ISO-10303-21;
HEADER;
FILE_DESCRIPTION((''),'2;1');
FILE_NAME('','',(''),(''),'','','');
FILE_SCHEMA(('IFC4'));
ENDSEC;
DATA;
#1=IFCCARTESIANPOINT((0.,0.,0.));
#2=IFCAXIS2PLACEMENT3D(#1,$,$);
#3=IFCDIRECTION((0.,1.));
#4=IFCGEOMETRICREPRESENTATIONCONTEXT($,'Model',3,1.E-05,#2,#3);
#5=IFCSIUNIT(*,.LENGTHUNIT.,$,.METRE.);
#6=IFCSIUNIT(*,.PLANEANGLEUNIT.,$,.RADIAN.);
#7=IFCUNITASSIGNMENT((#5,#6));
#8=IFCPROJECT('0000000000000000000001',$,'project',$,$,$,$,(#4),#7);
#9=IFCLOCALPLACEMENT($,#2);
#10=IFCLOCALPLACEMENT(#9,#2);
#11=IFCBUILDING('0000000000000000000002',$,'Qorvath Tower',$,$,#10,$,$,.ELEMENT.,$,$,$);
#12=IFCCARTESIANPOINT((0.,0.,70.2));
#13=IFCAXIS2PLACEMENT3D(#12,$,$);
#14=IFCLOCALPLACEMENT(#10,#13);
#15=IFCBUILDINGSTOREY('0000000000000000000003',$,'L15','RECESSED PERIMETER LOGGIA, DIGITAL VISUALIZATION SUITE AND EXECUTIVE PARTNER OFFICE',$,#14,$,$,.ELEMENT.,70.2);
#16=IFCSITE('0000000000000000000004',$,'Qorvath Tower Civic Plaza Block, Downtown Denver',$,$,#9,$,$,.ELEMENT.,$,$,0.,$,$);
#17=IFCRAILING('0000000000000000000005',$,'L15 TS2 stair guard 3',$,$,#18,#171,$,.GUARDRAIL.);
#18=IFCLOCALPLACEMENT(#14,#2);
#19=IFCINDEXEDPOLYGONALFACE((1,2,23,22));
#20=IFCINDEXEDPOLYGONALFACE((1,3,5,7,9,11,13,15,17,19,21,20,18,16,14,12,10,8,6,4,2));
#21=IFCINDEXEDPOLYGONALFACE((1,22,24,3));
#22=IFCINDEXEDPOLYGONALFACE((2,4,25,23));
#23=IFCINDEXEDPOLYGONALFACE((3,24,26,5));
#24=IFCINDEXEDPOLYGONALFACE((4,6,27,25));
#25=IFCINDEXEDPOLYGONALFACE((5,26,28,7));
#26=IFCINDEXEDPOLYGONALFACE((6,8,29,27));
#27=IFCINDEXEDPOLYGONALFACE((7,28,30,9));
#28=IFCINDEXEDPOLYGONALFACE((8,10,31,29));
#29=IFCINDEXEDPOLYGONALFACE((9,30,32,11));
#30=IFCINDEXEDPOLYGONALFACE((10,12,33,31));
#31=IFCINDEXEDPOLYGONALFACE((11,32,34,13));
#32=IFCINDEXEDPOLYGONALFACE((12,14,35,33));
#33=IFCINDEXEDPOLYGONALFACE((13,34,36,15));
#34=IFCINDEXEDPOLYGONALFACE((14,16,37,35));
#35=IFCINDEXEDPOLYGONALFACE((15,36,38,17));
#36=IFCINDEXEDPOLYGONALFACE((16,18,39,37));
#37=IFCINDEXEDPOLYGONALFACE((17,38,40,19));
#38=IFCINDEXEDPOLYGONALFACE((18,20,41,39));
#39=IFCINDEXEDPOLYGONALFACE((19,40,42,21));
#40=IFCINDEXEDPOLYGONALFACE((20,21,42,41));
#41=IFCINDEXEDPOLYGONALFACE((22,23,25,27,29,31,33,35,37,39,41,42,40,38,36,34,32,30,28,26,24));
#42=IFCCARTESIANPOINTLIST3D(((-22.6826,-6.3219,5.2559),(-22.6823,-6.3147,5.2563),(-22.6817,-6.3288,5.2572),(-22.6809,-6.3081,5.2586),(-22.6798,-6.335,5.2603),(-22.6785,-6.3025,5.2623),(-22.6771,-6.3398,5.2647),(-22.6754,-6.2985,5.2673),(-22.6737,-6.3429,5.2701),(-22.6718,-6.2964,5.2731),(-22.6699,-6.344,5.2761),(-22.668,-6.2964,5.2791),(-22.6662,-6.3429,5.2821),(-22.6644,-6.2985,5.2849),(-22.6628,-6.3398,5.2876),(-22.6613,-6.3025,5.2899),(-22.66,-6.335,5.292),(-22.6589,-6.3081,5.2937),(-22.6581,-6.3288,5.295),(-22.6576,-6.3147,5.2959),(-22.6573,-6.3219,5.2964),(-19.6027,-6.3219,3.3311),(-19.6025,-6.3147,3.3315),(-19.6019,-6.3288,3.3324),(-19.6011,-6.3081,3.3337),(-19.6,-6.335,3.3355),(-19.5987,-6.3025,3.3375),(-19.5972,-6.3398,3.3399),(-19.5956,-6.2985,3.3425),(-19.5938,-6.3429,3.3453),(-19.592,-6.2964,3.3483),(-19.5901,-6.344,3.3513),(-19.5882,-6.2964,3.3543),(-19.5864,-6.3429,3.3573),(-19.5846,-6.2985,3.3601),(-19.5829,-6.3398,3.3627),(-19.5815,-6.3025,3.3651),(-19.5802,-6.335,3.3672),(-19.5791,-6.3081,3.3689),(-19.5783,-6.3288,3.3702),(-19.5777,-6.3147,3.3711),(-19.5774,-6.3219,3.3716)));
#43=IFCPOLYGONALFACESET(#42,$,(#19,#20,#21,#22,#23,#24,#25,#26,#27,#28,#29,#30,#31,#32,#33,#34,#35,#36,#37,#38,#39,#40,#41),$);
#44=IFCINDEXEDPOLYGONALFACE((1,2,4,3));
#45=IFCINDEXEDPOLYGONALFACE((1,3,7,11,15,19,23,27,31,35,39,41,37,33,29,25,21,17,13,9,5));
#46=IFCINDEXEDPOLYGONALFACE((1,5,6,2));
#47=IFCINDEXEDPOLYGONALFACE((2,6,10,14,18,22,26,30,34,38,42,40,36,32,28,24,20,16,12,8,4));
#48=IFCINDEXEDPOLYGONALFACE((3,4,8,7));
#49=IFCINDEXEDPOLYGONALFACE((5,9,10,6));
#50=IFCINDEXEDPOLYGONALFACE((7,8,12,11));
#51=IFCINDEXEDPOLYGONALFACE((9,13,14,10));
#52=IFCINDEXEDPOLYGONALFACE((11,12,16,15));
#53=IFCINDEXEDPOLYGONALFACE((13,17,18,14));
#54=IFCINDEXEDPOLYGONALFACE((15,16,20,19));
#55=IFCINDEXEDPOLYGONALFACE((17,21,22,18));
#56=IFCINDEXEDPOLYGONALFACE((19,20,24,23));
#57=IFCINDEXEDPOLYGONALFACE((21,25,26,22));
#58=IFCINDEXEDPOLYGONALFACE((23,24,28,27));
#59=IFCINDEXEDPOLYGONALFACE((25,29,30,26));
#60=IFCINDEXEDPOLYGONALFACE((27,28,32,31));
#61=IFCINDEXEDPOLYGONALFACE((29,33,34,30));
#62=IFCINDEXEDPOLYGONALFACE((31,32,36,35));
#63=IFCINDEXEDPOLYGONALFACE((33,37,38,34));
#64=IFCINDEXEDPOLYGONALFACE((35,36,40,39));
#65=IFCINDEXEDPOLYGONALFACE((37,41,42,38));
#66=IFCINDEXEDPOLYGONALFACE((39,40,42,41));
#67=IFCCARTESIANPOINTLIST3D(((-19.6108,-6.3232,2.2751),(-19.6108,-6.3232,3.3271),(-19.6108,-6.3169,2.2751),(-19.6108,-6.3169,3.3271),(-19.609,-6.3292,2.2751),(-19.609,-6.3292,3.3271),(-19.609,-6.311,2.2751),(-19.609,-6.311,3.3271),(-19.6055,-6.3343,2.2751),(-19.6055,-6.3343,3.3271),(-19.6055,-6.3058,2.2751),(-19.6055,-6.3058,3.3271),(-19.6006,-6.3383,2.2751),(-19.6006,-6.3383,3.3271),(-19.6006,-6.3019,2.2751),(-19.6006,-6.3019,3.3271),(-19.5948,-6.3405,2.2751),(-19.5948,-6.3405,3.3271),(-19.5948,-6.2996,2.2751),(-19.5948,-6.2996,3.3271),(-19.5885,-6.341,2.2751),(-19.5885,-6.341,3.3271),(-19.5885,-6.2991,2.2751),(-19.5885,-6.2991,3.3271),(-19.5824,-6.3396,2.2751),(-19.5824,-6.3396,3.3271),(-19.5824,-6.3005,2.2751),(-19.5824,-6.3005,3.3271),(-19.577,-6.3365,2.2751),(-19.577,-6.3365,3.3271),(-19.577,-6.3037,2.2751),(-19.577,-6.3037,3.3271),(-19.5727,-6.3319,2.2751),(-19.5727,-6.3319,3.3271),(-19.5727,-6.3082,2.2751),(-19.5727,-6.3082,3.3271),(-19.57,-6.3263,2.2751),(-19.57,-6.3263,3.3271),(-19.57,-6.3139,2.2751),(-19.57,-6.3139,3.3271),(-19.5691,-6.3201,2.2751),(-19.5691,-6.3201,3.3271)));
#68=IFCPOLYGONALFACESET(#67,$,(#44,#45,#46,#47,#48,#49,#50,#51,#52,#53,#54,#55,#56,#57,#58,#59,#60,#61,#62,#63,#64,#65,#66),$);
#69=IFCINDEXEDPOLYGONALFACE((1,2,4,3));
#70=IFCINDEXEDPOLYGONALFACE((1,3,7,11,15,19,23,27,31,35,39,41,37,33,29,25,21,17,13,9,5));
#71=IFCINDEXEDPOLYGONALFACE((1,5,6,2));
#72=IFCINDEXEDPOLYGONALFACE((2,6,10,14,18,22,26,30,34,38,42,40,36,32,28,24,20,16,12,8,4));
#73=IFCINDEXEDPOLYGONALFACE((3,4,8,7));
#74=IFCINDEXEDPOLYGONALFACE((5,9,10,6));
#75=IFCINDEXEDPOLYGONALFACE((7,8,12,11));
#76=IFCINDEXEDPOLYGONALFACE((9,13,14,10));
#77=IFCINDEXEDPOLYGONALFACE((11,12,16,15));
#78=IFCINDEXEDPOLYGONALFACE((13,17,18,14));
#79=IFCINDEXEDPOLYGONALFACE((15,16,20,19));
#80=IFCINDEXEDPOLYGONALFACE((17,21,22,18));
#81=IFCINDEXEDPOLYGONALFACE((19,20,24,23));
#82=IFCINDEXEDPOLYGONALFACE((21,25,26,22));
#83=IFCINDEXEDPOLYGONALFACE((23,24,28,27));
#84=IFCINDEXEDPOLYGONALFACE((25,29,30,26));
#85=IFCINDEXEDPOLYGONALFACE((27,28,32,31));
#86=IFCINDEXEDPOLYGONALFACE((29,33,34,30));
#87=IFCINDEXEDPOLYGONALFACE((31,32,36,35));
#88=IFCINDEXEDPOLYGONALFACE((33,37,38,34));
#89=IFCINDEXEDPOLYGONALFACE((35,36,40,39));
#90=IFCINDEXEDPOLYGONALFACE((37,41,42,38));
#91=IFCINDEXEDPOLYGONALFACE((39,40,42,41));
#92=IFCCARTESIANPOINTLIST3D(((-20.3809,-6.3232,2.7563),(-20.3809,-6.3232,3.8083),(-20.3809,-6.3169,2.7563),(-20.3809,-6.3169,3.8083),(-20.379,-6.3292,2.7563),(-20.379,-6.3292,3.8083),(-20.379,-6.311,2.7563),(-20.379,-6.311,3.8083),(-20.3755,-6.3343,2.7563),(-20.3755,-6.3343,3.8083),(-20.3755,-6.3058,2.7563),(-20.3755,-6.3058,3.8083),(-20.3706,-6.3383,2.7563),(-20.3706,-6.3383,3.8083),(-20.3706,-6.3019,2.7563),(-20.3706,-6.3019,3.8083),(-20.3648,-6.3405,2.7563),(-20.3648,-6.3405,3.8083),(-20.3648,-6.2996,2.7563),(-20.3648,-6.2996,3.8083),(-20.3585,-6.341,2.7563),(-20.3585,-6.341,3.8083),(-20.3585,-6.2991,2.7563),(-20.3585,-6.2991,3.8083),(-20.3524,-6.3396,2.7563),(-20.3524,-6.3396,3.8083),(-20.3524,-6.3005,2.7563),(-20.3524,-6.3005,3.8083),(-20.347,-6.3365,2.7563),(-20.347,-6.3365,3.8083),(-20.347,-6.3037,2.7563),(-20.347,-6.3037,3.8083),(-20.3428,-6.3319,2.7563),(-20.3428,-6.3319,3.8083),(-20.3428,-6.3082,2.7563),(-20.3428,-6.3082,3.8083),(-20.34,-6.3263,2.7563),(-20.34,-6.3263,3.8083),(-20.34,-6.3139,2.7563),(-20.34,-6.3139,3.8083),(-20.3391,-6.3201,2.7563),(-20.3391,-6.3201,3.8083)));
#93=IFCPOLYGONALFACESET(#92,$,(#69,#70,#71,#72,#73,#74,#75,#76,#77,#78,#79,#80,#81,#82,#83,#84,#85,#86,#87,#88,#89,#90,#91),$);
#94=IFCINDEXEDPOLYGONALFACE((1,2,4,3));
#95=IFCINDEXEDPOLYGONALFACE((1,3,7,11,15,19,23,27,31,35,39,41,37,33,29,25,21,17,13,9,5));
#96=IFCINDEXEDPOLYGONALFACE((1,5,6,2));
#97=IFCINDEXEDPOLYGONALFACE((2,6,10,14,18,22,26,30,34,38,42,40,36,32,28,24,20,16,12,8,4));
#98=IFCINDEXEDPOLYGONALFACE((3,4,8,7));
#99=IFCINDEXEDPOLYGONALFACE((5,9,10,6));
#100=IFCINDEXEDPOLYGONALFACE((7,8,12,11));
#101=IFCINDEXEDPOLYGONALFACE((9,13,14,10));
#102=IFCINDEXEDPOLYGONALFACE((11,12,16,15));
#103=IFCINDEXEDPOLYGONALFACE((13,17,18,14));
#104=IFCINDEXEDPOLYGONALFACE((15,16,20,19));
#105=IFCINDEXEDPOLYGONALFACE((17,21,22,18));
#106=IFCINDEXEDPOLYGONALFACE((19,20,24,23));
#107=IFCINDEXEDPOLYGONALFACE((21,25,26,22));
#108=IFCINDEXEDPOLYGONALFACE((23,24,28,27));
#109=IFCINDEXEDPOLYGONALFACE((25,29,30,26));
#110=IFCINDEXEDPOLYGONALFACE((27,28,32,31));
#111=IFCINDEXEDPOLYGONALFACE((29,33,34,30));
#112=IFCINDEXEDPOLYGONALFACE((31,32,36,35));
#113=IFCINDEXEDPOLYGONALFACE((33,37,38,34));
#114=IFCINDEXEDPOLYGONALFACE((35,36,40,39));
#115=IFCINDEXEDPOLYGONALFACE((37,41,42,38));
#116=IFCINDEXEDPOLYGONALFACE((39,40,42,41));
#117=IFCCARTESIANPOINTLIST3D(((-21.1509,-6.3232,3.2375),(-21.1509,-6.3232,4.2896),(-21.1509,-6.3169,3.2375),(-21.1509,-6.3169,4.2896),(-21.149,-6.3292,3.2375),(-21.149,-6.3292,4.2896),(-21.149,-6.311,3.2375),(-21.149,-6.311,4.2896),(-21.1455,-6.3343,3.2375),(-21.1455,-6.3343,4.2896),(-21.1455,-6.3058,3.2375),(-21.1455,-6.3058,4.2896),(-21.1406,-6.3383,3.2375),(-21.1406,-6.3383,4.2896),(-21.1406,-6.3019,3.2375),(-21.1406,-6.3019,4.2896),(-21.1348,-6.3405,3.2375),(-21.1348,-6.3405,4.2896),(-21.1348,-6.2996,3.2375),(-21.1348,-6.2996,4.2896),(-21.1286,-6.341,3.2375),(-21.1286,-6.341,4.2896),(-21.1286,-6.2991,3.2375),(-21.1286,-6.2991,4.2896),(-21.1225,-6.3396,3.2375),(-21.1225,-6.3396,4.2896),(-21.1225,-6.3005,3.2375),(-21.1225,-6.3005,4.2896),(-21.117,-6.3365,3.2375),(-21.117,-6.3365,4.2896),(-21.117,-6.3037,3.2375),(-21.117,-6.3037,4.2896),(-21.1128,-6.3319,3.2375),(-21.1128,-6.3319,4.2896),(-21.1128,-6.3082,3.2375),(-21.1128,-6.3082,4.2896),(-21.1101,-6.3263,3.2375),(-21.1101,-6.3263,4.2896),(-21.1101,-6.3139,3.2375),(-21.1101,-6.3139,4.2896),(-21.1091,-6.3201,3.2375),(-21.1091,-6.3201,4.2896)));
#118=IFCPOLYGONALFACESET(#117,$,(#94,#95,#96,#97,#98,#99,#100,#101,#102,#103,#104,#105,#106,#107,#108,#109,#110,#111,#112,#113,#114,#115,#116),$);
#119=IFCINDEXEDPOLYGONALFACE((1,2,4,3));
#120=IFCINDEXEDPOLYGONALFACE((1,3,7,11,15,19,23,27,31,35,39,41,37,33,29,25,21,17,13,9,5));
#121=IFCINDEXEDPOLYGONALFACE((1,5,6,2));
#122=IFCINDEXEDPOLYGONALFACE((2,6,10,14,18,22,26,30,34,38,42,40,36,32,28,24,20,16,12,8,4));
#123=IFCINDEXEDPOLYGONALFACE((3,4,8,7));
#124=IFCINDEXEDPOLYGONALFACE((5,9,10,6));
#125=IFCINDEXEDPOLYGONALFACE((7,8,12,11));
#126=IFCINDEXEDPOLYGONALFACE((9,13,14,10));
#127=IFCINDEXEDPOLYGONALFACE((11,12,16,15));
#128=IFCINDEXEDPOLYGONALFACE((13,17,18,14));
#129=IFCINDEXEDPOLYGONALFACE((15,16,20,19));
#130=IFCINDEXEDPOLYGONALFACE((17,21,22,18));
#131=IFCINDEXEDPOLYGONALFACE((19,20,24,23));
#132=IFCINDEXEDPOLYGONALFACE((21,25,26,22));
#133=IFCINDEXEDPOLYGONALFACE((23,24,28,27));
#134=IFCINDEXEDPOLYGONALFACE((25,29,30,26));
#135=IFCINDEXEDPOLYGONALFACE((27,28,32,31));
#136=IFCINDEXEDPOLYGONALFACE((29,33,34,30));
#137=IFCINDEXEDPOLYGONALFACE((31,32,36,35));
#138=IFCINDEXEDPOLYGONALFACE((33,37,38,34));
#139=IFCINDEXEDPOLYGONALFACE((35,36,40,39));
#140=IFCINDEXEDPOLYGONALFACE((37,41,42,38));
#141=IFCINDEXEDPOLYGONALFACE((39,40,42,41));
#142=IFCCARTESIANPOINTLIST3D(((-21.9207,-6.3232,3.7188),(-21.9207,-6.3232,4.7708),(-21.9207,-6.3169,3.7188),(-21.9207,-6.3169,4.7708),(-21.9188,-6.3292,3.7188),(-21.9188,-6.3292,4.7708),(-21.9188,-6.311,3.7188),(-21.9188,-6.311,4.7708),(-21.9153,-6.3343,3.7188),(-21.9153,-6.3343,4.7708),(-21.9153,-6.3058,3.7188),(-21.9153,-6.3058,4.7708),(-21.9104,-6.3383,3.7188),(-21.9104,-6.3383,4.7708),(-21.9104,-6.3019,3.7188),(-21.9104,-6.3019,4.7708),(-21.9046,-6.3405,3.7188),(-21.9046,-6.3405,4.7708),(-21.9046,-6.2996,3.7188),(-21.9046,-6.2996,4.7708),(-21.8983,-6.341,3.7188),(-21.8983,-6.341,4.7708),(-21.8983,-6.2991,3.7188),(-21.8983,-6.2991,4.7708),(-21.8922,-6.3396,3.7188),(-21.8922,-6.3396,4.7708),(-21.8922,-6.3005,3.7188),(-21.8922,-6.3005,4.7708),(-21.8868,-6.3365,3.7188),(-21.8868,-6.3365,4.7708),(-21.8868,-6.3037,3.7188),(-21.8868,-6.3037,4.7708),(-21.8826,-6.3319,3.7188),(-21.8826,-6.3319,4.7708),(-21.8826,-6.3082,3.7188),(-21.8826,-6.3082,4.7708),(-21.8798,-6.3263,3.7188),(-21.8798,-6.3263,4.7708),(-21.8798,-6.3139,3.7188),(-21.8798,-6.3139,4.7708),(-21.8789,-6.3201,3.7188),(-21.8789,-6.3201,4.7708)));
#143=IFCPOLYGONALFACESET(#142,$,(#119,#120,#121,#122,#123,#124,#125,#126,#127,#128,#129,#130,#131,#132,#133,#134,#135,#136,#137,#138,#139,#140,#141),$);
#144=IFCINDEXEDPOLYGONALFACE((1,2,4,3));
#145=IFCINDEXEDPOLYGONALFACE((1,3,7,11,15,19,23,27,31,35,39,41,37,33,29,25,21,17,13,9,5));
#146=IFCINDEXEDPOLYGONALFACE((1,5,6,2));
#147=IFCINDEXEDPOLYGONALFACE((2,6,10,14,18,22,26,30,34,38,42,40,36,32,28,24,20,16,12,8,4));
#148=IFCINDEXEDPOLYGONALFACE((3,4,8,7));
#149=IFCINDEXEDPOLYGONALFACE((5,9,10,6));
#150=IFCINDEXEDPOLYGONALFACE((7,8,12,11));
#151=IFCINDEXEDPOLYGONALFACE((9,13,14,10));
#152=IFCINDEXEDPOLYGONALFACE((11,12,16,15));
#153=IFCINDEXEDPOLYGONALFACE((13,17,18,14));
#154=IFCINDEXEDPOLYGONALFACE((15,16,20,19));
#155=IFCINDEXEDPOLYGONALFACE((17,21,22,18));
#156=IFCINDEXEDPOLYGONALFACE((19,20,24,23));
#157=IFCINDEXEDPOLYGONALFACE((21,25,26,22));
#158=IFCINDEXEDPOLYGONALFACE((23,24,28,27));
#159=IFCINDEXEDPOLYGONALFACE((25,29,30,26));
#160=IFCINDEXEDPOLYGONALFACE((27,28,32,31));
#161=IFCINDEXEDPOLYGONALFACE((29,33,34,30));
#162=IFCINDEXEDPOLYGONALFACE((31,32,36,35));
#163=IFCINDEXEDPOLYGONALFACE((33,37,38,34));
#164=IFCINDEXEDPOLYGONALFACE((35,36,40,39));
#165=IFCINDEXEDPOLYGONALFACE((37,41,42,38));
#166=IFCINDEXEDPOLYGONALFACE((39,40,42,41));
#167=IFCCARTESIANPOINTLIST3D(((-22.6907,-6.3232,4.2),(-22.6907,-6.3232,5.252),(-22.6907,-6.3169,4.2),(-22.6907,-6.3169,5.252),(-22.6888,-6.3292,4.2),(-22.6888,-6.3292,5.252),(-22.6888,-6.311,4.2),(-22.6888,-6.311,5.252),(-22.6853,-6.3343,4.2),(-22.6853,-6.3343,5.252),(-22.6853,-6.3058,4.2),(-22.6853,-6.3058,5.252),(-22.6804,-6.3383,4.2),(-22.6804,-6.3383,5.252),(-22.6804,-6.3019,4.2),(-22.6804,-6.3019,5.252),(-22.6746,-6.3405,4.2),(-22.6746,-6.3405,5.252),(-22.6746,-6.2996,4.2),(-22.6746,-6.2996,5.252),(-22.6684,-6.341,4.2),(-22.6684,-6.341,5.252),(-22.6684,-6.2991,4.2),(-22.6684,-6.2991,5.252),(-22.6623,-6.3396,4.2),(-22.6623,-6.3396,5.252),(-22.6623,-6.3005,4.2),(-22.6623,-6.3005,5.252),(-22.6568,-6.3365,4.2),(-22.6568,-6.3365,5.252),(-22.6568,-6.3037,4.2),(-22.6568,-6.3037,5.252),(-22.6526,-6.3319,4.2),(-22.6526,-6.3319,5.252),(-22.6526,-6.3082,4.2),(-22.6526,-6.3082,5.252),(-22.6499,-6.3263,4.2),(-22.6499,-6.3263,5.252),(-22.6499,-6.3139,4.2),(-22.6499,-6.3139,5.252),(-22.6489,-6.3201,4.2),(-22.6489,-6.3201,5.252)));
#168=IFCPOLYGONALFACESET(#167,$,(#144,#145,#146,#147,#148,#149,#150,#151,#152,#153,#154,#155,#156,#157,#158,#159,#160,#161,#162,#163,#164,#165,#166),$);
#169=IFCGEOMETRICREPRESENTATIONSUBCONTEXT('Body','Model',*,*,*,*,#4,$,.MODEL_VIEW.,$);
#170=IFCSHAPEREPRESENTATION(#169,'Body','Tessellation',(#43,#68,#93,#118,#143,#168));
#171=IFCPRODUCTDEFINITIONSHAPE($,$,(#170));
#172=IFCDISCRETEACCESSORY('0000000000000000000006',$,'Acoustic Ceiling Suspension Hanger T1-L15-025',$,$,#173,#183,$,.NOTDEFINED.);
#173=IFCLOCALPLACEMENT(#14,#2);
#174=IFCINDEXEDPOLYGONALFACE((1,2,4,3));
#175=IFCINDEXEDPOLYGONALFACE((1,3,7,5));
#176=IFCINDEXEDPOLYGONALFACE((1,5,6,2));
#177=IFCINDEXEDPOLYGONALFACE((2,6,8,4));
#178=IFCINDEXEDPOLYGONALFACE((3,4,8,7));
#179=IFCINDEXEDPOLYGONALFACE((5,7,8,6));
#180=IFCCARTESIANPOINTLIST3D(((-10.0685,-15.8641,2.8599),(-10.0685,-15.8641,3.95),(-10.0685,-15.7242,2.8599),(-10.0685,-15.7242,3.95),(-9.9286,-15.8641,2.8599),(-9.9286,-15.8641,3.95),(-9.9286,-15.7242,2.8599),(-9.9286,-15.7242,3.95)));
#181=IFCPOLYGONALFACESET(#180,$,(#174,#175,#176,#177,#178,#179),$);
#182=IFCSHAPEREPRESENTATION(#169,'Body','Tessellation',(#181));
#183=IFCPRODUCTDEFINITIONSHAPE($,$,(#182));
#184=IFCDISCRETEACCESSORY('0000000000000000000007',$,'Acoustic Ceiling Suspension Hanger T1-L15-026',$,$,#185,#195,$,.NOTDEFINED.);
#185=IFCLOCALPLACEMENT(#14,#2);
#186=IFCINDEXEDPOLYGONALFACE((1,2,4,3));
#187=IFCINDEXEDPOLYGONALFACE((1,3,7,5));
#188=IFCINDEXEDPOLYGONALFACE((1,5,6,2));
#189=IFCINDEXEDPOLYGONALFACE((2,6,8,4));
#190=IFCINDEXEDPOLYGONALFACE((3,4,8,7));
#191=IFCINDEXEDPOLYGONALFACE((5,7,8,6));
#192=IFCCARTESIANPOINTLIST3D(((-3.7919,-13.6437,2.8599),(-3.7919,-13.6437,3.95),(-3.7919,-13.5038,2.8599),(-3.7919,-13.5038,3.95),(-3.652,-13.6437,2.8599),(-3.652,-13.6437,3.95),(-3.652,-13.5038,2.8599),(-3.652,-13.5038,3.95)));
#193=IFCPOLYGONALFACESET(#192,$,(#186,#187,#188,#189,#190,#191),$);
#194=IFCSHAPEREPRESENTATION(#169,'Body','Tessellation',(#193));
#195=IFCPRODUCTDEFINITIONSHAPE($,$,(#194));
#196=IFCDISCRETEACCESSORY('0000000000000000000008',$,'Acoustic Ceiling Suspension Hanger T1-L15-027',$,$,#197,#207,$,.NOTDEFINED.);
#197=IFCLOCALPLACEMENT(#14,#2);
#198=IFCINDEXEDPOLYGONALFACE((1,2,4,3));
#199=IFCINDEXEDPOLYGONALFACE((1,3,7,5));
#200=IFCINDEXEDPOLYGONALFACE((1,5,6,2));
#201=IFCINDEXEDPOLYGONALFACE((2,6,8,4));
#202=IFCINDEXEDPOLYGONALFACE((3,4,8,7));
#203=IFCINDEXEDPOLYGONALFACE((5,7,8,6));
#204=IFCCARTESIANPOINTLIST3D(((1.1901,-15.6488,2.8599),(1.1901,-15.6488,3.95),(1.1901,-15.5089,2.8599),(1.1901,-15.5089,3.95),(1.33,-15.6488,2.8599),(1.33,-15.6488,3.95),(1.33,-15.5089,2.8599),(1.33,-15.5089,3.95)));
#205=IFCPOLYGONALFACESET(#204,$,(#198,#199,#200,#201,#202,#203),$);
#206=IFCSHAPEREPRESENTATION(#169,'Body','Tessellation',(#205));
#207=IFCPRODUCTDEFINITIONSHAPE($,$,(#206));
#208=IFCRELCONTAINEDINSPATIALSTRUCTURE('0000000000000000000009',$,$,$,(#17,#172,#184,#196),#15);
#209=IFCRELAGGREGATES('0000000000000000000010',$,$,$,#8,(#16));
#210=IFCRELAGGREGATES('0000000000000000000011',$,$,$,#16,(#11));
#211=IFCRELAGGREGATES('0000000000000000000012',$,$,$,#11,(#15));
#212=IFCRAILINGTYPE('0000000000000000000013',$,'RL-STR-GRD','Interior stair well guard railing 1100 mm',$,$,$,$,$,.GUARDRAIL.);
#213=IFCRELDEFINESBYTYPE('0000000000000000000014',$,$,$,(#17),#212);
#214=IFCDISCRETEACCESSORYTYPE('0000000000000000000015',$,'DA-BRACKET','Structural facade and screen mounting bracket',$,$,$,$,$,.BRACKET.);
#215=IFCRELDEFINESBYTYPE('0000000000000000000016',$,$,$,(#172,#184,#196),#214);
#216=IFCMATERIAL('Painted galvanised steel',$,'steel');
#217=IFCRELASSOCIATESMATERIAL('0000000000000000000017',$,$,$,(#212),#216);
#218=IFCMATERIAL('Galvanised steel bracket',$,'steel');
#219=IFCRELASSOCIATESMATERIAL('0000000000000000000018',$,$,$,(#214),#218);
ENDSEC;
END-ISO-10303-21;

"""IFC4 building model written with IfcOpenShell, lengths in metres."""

from ifc_helpers import new_model, si_unit, direction, frame, origin, origin_2d, place, context, subcontext, project, spatial, rectangle, circle, extrude, material, type_object, element, save


model = new_model("IFC4")

# Units and contexts
model_context = context("Model", 3, precision=1e-05, world=origin(), true_north=direction((0.0, 1.0)))
body_context = subcontext(model_context, "Body", "Model", "MODEL_VIEW")
ifc_project = project(units=[si_unit("LENGTHUNIT", "METRE"), si_unit("PLANEANGLEUNIT", "RADIAN")], contexts=[model_context])

# Site, building, storey
site_placement = place(None, origin())
site = spatial("IfcSite", under=ifc_project, at=site_placement, Name="Qorvath Tower Civic Plaza Block, Downtown Denver", CompositionType="ELEMENT", RefElevation=0.0)
building_placement = place(site_placement, origin())
building = spatial("IfcBuilding", under=site, at=building_placement, Name="Qorvath Tower", CompositionType="ELEMENT")
storey_placement = place(building_placement, frame((0.0, 0.0, 70.2)))
storey = spatial("IfcBuildingStorey", under=building, at=storey_placement, Name="L15", Description="RECESSED PERIMETER LOGGIA, DIGITAL VISUALIZATION SUITE AND EXECUTIVE PARTNER OFFICE", CompositionType="ELEMENT", Elevation=70.2)

# Railing
ifc_material_1 = material(Name="Painted galvanised steel", Category="steel")
railing_type = type_object("IfcRailingType", Name="RL-STR-GRD", Description="Interior stair well guard railing 1100 mm", PredefinedType="GUARDRAIL", material=ifc_material_1)
railing_1_placement = place(storey_placement, frame((-19.5901, -6.3201, 2.2751)))
element("IfcRailing", 1, at=railing_1_placement, inside=storey, type_object=railing_type, Name="L15 TS2 stair guard 3", PredefinedType="GUARDRAIL", context=body_context, shape_type="SweptSolid", body=[
    extrude(circle(Radius=0.0239, at=origin_2d()), frame((0.0, 0.0, 1.0762), z_axis=(-0.84801, 0.0, 0.529981), x_axis=(0.0, -1.0, 0.0)), (0.0, 0.0, 1.0), 3.6318),
    extrude(circle(Radius=0.021, at=origin_2d()), origin(), (0.0, 0.0, 1.0), 1.052),
    extrude(circle(Radius=0.021, at=origin_2d()), frame((-0.77, 0.0, 0.4812)), (0.0, 0.0, 1.0), 1.052),
    extrude(circle(Radius=0.021, at=origin_2d()), frame((-1.54, 0.0, 0.9624)), (0.0, 0.0, 1.0), 1.052),
    extrude(circle(Radius=0.021, at=origin_2d()), frame((-2.3098, 0.0, 1.4436)), (0.0, 0.0, 1.0), 1.052),
    extrude(circle(Radius=0.021, at=origin_2d()), frame((-3.0798, 0.0, 1.9248)), (0.0, 0.0, 1.0), 1.052),
])

# Discrete accessories
ifc_material_2 = material(Name="Galvanised steel bracket", Category="steel")
discrete_accessory_type = type_object("IfcDiscreteAccessoryType", Name="DA-BRACKET", Description="Structural facade and screen mounting bracket", PredefinedType="BRACKET", material=ifc_material_2)
for number, where, z_axis, x_axis, name in (
    (2, (-9.9985, -15.7942, 2.8599), (0.0, 0.0, 1.0), (1.0, 0.0, 0.0), "Acoustic Ceiling Suspension Hanger T1-L15-025"),
    (3, (-3.7219, -13.5737, 2.8599), (0.0, 0.0, 1.0), (1.0, 0.0, 0.0), "Acoustic Ceiling Suspension Hanger T1-L15-026"),
    (4, (1.26, -15.5789, 2.8599), (0.0, 0.0, 1.0), (1.0, 0.0, 0.0), "Acoustic Ceiling Suspension Hanger T1-L15-027"),
):
    element("IfcDiscreteAccessory", number, at=place(storey_placement, frame(where, z_axis=z_axis, x_axis=x_axis)), inside=storey, type_object=discrete_accessory_type, Name=name, PredefinedType="NOTDEFINED", context=body_context, shape_type="SweptSolid", body=[
        extrude(rectangle(XDim=0.1399, YDim=0.1399, at=origin_2d()), origin(), (0.0, 0.0, 1.0), 1.0901),
    ])

save(model, "model.ifc")
